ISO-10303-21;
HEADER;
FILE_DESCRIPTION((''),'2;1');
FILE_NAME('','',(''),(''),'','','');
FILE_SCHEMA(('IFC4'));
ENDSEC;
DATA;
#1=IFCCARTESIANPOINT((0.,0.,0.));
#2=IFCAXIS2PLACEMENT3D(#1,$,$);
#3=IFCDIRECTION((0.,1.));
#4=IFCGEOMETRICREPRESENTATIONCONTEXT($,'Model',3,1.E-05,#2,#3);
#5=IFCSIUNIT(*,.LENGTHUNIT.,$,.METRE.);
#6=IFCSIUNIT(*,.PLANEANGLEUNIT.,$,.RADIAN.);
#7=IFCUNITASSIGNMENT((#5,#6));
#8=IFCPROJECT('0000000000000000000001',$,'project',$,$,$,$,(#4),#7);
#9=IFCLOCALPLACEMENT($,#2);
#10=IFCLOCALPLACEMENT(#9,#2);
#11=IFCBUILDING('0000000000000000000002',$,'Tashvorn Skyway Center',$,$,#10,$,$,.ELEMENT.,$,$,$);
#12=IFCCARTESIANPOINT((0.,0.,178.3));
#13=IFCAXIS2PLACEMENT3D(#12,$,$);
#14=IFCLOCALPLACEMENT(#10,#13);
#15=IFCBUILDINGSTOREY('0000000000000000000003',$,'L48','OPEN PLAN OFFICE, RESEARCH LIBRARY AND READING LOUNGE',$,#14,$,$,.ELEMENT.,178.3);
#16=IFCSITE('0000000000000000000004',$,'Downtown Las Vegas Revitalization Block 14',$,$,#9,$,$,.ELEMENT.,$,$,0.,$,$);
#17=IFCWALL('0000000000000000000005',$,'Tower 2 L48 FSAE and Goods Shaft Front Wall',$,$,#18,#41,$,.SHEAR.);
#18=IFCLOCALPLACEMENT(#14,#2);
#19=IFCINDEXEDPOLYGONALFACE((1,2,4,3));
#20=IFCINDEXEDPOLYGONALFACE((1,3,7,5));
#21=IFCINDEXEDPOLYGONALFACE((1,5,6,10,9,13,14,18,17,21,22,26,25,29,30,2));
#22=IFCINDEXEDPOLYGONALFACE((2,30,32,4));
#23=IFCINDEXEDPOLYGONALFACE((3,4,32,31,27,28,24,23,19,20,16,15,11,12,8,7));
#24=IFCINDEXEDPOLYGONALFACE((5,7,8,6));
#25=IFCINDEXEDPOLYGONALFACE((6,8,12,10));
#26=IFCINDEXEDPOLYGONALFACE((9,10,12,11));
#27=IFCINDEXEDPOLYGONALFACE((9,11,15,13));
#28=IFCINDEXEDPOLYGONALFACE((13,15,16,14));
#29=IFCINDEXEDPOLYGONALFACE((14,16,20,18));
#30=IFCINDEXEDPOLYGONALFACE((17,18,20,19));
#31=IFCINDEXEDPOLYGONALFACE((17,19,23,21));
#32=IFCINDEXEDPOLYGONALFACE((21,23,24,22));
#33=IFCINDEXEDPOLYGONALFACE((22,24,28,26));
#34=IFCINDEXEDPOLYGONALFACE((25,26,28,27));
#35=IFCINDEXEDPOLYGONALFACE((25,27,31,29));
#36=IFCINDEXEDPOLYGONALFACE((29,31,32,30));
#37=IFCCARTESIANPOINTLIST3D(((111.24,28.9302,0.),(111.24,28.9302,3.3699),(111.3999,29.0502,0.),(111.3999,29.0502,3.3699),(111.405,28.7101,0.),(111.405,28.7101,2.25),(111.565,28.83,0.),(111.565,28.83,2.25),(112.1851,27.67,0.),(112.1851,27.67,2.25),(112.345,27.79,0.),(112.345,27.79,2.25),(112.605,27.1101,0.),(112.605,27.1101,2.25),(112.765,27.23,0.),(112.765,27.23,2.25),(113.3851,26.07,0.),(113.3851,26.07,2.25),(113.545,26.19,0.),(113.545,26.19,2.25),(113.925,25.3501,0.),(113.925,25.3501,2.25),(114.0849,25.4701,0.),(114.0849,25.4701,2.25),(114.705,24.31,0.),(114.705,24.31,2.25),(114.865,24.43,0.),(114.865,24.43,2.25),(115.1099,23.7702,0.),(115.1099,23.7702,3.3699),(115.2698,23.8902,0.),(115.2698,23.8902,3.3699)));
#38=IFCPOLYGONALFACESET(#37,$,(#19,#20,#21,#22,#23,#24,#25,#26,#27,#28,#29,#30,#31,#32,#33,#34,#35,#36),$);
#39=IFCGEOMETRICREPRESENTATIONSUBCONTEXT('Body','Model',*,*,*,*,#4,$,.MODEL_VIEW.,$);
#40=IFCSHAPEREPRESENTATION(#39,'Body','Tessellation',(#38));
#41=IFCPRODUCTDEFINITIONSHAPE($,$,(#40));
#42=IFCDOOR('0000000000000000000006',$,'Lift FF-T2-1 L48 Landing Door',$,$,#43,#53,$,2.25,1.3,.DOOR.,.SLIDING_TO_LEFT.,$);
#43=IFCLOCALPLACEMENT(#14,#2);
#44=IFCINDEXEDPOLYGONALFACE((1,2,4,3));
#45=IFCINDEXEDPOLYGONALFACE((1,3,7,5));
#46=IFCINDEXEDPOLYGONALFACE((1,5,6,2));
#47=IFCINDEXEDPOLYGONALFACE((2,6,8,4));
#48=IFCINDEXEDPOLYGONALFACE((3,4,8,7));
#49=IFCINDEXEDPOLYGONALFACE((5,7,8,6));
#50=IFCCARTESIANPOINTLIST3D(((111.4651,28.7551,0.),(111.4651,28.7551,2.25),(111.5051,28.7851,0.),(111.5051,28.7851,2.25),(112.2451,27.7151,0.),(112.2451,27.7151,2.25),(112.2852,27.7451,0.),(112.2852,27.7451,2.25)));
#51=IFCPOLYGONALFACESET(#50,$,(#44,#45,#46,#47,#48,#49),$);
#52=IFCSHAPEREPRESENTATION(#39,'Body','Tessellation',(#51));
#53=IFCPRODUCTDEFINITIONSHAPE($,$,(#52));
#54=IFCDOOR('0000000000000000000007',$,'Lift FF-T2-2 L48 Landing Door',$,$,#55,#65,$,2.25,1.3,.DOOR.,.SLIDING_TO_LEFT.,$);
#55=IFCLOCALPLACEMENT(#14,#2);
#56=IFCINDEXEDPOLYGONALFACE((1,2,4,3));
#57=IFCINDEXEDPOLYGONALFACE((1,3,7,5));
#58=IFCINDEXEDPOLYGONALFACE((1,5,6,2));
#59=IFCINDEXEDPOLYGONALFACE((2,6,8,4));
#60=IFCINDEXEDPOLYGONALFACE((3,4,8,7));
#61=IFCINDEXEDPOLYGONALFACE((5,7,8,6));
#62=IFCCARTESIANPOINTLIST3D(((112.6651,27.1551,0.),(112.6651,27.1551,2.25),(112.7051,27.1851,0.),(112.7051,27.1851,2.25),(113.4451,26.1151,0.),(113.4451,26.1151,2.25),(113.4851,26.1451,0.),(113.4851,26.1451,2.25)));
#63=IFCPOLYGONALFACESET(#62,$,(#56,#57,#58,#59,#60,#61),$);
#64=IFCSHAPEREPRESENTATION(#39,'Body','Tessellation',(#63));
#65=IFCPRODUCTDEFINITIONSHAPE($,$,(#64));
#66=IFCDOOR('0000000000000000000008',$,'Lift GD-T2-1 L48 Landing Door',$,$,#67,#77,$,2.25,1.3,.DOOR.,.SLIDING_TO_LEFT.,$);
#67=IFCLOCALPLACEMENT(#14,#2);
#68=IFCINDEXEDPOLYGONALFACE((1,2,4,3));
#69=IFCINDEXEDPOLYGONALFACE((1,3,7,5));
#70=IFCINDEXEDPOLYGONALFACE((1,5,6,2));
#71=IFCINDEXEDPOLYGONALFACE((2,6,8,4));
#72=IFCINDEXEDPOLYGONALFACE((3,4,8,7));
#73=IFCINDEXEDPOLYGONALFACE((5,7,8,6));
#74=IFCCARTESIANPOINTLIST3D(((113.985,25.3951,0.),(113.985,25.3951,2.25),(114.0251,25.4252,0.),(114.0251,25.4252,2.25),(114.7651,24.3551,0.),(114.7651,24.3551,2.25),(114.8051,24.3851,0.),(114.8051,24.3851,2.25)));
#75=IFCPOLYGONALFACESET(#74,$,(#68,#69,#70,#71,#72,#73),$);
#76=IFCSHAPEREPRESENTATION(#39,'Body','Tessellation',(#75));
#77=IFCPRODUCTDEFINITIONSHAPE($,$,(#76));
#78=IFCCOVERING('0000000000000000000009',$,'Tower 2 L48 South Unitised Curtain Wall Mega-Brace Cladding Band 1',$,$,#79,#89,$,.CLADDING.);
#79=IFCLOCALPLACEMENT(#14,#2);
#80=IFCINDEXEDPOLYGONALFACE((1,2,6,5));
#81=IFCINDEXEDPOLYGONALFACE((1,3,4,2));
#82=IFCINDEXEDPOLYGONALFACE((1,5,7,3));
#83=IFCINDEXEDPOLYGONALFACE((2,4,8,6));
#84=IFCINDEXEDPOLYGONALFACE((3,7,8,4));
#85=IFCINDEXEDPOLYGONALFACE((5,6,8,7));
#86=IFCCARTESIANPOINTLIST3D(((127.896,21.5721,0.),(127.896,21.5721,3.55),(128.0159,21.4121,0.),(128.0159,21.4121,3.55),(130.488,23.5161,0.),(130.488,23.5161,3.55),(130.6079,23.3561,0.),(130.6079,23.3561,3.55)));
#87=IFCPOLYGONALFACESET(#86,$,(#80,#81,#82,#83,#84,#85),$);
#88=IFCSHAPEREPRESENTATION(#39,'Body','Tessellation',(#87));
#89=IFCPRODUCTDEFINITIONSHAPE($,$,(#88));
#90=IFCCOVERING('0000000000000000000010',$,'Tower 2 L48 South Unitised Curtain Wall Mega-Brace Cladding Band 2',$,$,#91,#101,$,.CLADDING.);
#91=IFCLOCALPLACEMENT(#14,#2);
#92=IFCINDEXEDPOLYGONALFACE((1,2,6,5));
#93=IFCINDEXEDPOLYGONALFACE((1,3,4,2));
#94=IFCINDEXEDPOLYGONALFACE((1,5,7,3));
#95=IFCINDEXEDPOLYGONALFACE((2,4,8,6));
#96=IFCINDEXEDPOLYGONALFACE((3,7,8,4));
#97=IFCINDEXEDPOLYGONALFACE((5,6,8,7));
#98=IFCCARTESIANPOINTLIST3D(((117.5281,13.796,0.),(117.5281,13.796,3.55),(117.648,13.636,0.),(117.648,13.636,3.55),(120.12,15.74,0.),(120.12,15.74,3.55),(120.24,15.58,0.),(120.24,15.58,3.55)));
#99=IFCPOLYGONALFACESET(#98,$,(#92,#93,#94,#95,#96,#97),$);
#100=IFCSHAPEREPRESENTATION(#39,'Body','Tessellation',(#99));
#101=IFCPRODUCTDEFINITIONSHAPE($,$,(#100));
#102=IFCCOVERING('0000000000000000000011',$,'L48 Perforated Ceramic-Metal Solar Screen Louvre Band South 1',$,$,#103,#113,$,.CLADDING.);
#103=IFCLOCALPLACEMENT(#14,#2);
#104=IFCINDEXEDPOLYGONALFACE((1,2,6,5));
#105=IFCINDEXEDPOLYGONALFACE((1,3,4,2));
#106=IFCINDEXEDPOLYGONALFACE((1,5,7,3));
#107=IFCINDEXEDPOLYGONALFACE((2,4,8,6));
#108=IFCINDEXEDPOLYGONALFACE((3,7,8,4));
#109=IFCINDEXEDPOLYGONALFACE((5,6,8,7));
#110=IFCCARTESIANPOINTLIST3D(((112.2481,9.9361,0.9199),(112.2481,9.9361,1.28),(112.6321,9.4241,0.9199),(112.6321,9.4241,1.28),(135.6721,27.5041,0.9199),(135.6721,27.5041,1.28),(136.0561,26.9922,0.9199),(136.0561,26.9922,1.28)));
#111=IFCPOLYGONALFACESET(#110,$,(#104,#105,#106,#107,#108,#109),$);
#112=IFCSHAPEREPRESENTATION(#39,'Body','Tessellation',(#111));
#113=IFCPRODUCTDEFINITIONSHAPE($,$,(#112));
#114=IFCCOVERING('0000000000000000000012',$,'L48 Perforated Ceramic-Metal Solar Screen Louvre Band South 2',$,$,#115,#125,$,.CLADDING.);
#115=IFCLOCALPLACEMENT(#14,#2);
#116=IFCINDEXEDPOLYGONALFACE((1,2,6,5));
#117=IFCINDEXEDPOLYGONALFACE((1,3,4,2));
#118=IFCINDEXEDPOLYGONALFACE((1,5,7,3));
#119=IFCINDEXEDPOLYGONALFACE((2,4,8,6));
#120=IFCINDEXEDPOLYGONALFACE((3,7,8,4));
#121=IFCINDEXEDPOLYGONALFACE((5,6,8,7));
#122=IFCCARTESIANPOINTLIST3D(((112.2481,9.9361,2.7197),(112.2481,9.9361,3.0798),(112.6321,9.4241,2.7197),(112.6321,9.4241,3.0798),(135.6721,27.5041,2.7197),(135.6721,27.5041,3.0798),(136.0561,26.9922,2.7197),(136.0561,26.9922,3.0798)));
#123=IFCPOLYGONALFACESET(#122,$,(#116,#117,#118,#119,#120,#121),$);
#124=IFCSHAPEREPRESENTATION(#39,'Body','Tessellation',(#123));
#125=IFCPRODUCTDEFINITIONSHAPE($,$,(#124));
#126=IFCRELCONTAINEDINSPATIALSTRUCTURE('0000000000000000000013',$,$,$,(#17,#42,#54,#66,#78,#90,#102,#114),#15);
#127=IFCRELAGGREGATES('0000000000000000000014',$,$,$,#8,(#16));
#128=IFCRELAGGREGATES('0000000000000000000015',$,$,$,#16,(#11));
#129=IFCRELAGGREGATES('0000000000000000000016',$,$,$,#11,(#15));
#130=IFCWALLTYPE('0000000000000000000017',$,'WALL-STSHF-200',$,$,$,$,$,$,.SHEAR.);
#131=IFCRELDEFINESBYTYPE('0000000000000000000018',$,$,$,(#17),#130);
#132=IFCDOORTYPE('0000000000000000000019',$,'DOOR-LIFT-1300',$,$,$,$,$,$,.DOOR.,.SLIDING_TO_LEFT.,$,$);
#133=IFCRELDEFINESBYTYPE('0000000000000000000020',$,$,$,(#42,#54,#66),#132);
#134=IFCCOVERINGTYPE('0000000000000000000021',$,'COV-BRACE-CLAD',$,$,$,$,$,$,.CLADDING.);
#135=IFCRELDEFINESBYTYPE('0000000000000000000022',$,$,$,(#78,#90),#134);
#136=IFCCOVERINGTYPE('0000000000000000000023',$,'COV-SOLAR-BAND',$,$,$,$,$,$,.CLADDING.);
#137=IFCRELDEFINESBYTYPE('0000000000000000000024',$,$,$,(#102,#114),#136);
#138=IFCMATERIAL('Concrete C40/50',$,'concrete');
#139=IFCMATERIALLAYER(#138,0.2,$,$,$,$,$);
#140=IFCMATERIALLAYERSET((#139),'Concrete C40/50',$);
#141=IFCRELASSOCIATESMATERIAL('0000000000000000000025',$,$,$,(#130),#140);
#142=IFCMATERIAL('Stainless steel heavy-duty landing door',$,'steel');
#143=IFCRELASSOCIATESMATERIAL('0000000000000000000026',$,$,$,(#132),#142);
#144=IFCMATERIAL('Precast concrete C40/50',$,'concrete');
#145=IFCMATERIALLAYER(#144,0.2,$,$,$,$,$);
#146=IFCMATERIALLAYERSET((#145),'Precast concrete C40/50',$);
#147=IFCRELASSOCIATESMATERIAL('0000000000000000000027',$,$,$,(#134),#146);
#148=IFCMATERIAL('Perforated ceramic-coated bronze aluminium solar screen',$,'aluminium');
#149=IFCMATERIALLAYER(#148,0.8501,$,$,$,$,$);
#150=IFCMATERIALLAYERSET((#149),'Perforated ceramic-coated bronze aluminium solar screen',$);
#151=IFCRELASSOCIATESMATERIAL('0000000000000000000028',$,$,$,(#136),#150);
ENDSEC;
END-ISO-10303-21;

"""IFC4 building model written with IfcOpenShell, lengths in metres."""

from ifc_helpers import new_model, si_unit, direction, frame, frame_2d, origin, origin_2d, place, context, subcontext, project, spatial, rectangle, extrude, material, layer, layer_set, type_object, element, fill, save


model = new_model("IFC4")

# Units and contexts
model_context = context("Model", 3, precision=1e-05, world=origin(), true_north=direction((0.0, 1.0)))
body_context = subcontext(model_context, "Body", "Model", "MODEL_VIEW")
ifc_project = project(units=[si_unit("LENGTHUNIT", "METRE"), si_unit("PLANEANGLEUNIT", "RADIAN")], contexts=[model_context])

# Site, building, storey
site_placement = place(None, origin())
site = spatial("IfcSite", under=ifc_project, at=site_placement, Name="Downtown Las Vegas Revitalization Block 14", CompositionType="ELEMENT", RefElevation=0.0)
building_placement = place(site_placement, origin())
building = spatial("IfcBuilding", under=site, at=building_placement, Name="Tashvorn Skyway Center", CompositionType="ELEMENT")
storey_placement = place(building_placement, frame((0.0, 0.0, 178.3)))
storey = spatial("IfcBuildingStorey", under=building, at=storey_placement, Name="L48", Description="OPEN PLAN OFFICE, RESEARCH LIBRARY AND READING LOUNGE", CompositionType="ELEMENT", Elevation=178.3)

# Wall, openings, doors
ifc_material_1 = material(Name="Concrete C40/50", Category="concrete")
ifc_layer_1 = layer(ifc_material_1, 0.2)
ifc_layer_set_1 = layer_set([ifc_layer_1], Name="Concrete C40/50")
wall_type_1 = type_object("IfcWallType", Name="WALL-STSHF-200", PredefinedType="SHEAR", material=ifc_layer_set_1)
wall_1_placement = place(storey_placement, frame((115.1899, 23.8301, 0.0), z_axis=(0.0, 0.0, 1.0), x_axis=(-0.599994, 0.800005, 0.0)))
wall_1 = element("IfcWall", 1, at=wall_1_placement, inside=storey, type_object=wall_type_1, Name="Tower 2 L48 FSAE and Goods Shaft Front Wall", PredefinedType="SHEAR", context=body_context, shape_type="SweptSolid", body=[
    extrude(rectangle(XDim=6.45, YDim=0.2, at=frame_2d((3.2251, 0.0))), origin(), (0.0, 0.0, 1.0), 3.3699),
])
opening_1_placement = place(wall_1_placement, frame((4.875, 0.0, 0.0)))
opening_1 = element("IfcOpeningElement", 2, at=opening_1_placement, cuts=wall_1, PredefinedType="OPENING", context=body_context, shape_type="SweptSolid", body=[
    extrude(rectangle(XDim=1.3, YDim=2.25, at=frame_2d((0.6499, 1.125))), frame((0.0, 0.1099, 0.0), z_axis=(0.0, -1.0, 0.0), x_axis=(1.0, 0.0, 0.0)), (0.0, 0.0, 1.0), 0.22),
])
opening_2_placement = place(wall_1_placement, frame((2.875, 0.0, 0.0)))
opening_2 = element("IfcOpeningElement", 3, at=opening_2_placement, cuts=wall_1, PredefinedType="OPENING", context=body_context, shape_type="SweptSolid", body=[
    extrude(rectangle(XDim=1.3, YDim=2.25, at=frame_2d((0.6499, 1.125))), frame((0.0, 0.1099, 0.0), z_axis=(0.0, -1.0, 0.0), x_axis=(1.0, 0.0, 0.0)), (0.0, 0.0, 1.0), 0.22),
])
opening_3_placement = place(wall_1_placement, frame((0.675, 0.0, 0.0)))
opening_3 = element("IfcOpeningElement", 4, at=opening_3_placement, cuts=wall_1, PredefinedType="OPENING", context=body_context, shape_type="SweptSolid", body=[
    extrude(rectangle(XDim=1.3, YDim=2.25, at=frame_2d((0.6499, 1.125))), frame((0.0, 0.1099, 0.0), z_axis=(0.0, -1.0, 0.0), x_axis=(1.0, 0.0, 0.0)), (0.0, 0.0, 1.0), 0.22),
])
ifc_material_2 = material(Name="Stainless steel heavy-duty landing door", Category="steel")
door_type = type_object("IfcDoorType", Name="DOOR-LIFT-1300", OperationType="SLIDING_TO_LEFT", PredefinedType="DOOR", material=ifc_material_2)
door_1_placement = place(opening_1_placement, origin())
door_1 = element("IfcDoor", 5, at=door_1_placement, inside=storey, type_object=door_type, Name="Lift FF-T2-1 L48 Landing Door", OperationType="SLIDING_TO_LEFT", OverallHeight=2.25, OverallWidth=1.3, PredefinedType="DOOR", context=body_context, shape_type="SweptSolid", body=[
    extrude(rectangle(XDim=1.3, YDim=2.25, at=frame_2d((0.6499, 1.125))), frame((0.0, 0.0249, 0.0), z_axis=(0.0, -1.0, 0.0), x_axis=(1.0, 0.0, 0.0)), (0.0, 0.0, 1.0), 0.05),
])
fill(opening_1, door_1)
door_2_placement = place(opening_2_placement, origin())
door_2 = element("IfcDoor", 6, at=door_2_placement, inside=storey, type_object=door_type, Name="Lift FF-T2-2 L48 Landing Door", OperationType="SLIDING_TO_LEFT", OverallHeight=2.25, OverallWidth=1.3, PredefinedType="DOOR", context=body_context, shape_type="SweptSolid", body=[
    extrude(rectangle(XDim=1.3, YDim=2.25, at=frame_2d((0.6499, 1.125))), frame((0.0, 0.0249, 0.0), z_axis=(0.0, -1.0, 0.0), x_axis=(1.0, 0.0, 0.0)), (0.0, 0.0, 1.0), 0.05),
])
fill(opening_2, door_2)
door_3_placement = place(opening_3_placement, origin())
door_3 = element("IfcDoor", 7, at=door_3_placement, inside=storey, type_object=door_type, Name="Lift GD-T2-1 L48 Landing Door", OperationType="SLIDING_TO_LEFT", OverallHeight=2.25, OverallWidth=1.3, PredefinedType="DOOR", context=body_context, shape_type="SweptSolid", body=[
    extrude(rectangle(XDim=1.3, YDim=2.25, at=frame_2d((0.6499, 1.125))), frame((0.0, 0.0249, 0.0), z_axis=(0.0, -1.0, 0.0), x_axis=(1.0, 0.0, 0.0)), (0.0, 0.0, 1.0), 0.05),
])
fill(opening_3, door_3)

# Coverings
ifc_material_3 = material(Name="Precast concrete C40/50", Category="concrete")
ifc_layer_2 = layer(ifc_material_3, 0.2)
ifc_layer_set_2 = layer_set([ifc_layer_2], Name="Precast concrete C40/50")
covering_type_1 = type_object("IfcCoveringType", Name="COV-BRACE-CLAD", PredefinedType="CLADDING", material=ifc_layer_set_2)
for number, where, z_axis, x_axis, name in (
    (8, (129.252, 22.4641, 0.0), (0.0, 0.0, 1.0), (-0.8, -0.6, 0.0), "Tower 2 L48 South Unitised Curtain Wall Mega-Brace Cladding Band 1"),
    (9, (118.884, 14.688, 0.0), (0.0, 0.0, 1.0), (-0.8, -0.6, 0.0), "Tower 2 L48 South Unitised Curtain Wall Mega-Brace Cladding Band 2"),
):
    element("IfcCovering", number, at=place(storey_placement, frame(where, z_axis=z_axis, x_axis=x_axis)), inside=storey, type_object=covering_type_1, Name=name, PredefinedType="CLADDING", context=body_context, shape_type="SweptSolid", body=[
        extrude(rectangle(XDim=3.24, YDim=0.2, at=origin_2d()), origin(), (0.0, 0.0, 1.0), 3.55),
    ])
ifc_material_4 = material(Name="Perforated ceramic-coated bronze aluminium solar screen", Category="aluminium")
ifc_layer_3 = layer(ifc_material_4, 0.8501)
ifc_layer_set_3 = layer_set([ifc_layer_3], Name="Perforated ceramic-coated bronze aluminium solar screen")
covering_type_2 = type_object("IfcCoveringType", Name="COV-SOLAR-BAND", PredefinedType="CLADDING", material=ifc_layer_set_3)
for number, where, z_axis, x_axis, name in (
    (10, (124.1521, 18.4641, 0.9199), (0.0, 0.0, 1.0), (-0.8, -0.6, 0.0), "L48 Perforated Ceramic-Metal Solar Screen Louvre Band South 1"),
    (11, (124.1521, 18.4641, 2.7197), (0.0, 0.0, 1.0), (-0.8, -0.6, 0.0), "L48 Perforated Ceramic-Metal Solar Screen Louvre Band South 2"),
):
    element("IfcCovering", number, at=place(storey_placement, frame(where, z_axis=z_axis, x_axis=x_axis)), inside=storey, type_object=covering_type_2, Name=name, PredefinedType="CLADDING", context=body_context, shape_type="SweptSolid", body=[
        extrude(rectangle(XDim=29.28, YDim=0.6399, at=origin_2d()), origin(), (0.0, 0.0, 1.0), 0.3601),
    ])

save(model, "model.ifc")
